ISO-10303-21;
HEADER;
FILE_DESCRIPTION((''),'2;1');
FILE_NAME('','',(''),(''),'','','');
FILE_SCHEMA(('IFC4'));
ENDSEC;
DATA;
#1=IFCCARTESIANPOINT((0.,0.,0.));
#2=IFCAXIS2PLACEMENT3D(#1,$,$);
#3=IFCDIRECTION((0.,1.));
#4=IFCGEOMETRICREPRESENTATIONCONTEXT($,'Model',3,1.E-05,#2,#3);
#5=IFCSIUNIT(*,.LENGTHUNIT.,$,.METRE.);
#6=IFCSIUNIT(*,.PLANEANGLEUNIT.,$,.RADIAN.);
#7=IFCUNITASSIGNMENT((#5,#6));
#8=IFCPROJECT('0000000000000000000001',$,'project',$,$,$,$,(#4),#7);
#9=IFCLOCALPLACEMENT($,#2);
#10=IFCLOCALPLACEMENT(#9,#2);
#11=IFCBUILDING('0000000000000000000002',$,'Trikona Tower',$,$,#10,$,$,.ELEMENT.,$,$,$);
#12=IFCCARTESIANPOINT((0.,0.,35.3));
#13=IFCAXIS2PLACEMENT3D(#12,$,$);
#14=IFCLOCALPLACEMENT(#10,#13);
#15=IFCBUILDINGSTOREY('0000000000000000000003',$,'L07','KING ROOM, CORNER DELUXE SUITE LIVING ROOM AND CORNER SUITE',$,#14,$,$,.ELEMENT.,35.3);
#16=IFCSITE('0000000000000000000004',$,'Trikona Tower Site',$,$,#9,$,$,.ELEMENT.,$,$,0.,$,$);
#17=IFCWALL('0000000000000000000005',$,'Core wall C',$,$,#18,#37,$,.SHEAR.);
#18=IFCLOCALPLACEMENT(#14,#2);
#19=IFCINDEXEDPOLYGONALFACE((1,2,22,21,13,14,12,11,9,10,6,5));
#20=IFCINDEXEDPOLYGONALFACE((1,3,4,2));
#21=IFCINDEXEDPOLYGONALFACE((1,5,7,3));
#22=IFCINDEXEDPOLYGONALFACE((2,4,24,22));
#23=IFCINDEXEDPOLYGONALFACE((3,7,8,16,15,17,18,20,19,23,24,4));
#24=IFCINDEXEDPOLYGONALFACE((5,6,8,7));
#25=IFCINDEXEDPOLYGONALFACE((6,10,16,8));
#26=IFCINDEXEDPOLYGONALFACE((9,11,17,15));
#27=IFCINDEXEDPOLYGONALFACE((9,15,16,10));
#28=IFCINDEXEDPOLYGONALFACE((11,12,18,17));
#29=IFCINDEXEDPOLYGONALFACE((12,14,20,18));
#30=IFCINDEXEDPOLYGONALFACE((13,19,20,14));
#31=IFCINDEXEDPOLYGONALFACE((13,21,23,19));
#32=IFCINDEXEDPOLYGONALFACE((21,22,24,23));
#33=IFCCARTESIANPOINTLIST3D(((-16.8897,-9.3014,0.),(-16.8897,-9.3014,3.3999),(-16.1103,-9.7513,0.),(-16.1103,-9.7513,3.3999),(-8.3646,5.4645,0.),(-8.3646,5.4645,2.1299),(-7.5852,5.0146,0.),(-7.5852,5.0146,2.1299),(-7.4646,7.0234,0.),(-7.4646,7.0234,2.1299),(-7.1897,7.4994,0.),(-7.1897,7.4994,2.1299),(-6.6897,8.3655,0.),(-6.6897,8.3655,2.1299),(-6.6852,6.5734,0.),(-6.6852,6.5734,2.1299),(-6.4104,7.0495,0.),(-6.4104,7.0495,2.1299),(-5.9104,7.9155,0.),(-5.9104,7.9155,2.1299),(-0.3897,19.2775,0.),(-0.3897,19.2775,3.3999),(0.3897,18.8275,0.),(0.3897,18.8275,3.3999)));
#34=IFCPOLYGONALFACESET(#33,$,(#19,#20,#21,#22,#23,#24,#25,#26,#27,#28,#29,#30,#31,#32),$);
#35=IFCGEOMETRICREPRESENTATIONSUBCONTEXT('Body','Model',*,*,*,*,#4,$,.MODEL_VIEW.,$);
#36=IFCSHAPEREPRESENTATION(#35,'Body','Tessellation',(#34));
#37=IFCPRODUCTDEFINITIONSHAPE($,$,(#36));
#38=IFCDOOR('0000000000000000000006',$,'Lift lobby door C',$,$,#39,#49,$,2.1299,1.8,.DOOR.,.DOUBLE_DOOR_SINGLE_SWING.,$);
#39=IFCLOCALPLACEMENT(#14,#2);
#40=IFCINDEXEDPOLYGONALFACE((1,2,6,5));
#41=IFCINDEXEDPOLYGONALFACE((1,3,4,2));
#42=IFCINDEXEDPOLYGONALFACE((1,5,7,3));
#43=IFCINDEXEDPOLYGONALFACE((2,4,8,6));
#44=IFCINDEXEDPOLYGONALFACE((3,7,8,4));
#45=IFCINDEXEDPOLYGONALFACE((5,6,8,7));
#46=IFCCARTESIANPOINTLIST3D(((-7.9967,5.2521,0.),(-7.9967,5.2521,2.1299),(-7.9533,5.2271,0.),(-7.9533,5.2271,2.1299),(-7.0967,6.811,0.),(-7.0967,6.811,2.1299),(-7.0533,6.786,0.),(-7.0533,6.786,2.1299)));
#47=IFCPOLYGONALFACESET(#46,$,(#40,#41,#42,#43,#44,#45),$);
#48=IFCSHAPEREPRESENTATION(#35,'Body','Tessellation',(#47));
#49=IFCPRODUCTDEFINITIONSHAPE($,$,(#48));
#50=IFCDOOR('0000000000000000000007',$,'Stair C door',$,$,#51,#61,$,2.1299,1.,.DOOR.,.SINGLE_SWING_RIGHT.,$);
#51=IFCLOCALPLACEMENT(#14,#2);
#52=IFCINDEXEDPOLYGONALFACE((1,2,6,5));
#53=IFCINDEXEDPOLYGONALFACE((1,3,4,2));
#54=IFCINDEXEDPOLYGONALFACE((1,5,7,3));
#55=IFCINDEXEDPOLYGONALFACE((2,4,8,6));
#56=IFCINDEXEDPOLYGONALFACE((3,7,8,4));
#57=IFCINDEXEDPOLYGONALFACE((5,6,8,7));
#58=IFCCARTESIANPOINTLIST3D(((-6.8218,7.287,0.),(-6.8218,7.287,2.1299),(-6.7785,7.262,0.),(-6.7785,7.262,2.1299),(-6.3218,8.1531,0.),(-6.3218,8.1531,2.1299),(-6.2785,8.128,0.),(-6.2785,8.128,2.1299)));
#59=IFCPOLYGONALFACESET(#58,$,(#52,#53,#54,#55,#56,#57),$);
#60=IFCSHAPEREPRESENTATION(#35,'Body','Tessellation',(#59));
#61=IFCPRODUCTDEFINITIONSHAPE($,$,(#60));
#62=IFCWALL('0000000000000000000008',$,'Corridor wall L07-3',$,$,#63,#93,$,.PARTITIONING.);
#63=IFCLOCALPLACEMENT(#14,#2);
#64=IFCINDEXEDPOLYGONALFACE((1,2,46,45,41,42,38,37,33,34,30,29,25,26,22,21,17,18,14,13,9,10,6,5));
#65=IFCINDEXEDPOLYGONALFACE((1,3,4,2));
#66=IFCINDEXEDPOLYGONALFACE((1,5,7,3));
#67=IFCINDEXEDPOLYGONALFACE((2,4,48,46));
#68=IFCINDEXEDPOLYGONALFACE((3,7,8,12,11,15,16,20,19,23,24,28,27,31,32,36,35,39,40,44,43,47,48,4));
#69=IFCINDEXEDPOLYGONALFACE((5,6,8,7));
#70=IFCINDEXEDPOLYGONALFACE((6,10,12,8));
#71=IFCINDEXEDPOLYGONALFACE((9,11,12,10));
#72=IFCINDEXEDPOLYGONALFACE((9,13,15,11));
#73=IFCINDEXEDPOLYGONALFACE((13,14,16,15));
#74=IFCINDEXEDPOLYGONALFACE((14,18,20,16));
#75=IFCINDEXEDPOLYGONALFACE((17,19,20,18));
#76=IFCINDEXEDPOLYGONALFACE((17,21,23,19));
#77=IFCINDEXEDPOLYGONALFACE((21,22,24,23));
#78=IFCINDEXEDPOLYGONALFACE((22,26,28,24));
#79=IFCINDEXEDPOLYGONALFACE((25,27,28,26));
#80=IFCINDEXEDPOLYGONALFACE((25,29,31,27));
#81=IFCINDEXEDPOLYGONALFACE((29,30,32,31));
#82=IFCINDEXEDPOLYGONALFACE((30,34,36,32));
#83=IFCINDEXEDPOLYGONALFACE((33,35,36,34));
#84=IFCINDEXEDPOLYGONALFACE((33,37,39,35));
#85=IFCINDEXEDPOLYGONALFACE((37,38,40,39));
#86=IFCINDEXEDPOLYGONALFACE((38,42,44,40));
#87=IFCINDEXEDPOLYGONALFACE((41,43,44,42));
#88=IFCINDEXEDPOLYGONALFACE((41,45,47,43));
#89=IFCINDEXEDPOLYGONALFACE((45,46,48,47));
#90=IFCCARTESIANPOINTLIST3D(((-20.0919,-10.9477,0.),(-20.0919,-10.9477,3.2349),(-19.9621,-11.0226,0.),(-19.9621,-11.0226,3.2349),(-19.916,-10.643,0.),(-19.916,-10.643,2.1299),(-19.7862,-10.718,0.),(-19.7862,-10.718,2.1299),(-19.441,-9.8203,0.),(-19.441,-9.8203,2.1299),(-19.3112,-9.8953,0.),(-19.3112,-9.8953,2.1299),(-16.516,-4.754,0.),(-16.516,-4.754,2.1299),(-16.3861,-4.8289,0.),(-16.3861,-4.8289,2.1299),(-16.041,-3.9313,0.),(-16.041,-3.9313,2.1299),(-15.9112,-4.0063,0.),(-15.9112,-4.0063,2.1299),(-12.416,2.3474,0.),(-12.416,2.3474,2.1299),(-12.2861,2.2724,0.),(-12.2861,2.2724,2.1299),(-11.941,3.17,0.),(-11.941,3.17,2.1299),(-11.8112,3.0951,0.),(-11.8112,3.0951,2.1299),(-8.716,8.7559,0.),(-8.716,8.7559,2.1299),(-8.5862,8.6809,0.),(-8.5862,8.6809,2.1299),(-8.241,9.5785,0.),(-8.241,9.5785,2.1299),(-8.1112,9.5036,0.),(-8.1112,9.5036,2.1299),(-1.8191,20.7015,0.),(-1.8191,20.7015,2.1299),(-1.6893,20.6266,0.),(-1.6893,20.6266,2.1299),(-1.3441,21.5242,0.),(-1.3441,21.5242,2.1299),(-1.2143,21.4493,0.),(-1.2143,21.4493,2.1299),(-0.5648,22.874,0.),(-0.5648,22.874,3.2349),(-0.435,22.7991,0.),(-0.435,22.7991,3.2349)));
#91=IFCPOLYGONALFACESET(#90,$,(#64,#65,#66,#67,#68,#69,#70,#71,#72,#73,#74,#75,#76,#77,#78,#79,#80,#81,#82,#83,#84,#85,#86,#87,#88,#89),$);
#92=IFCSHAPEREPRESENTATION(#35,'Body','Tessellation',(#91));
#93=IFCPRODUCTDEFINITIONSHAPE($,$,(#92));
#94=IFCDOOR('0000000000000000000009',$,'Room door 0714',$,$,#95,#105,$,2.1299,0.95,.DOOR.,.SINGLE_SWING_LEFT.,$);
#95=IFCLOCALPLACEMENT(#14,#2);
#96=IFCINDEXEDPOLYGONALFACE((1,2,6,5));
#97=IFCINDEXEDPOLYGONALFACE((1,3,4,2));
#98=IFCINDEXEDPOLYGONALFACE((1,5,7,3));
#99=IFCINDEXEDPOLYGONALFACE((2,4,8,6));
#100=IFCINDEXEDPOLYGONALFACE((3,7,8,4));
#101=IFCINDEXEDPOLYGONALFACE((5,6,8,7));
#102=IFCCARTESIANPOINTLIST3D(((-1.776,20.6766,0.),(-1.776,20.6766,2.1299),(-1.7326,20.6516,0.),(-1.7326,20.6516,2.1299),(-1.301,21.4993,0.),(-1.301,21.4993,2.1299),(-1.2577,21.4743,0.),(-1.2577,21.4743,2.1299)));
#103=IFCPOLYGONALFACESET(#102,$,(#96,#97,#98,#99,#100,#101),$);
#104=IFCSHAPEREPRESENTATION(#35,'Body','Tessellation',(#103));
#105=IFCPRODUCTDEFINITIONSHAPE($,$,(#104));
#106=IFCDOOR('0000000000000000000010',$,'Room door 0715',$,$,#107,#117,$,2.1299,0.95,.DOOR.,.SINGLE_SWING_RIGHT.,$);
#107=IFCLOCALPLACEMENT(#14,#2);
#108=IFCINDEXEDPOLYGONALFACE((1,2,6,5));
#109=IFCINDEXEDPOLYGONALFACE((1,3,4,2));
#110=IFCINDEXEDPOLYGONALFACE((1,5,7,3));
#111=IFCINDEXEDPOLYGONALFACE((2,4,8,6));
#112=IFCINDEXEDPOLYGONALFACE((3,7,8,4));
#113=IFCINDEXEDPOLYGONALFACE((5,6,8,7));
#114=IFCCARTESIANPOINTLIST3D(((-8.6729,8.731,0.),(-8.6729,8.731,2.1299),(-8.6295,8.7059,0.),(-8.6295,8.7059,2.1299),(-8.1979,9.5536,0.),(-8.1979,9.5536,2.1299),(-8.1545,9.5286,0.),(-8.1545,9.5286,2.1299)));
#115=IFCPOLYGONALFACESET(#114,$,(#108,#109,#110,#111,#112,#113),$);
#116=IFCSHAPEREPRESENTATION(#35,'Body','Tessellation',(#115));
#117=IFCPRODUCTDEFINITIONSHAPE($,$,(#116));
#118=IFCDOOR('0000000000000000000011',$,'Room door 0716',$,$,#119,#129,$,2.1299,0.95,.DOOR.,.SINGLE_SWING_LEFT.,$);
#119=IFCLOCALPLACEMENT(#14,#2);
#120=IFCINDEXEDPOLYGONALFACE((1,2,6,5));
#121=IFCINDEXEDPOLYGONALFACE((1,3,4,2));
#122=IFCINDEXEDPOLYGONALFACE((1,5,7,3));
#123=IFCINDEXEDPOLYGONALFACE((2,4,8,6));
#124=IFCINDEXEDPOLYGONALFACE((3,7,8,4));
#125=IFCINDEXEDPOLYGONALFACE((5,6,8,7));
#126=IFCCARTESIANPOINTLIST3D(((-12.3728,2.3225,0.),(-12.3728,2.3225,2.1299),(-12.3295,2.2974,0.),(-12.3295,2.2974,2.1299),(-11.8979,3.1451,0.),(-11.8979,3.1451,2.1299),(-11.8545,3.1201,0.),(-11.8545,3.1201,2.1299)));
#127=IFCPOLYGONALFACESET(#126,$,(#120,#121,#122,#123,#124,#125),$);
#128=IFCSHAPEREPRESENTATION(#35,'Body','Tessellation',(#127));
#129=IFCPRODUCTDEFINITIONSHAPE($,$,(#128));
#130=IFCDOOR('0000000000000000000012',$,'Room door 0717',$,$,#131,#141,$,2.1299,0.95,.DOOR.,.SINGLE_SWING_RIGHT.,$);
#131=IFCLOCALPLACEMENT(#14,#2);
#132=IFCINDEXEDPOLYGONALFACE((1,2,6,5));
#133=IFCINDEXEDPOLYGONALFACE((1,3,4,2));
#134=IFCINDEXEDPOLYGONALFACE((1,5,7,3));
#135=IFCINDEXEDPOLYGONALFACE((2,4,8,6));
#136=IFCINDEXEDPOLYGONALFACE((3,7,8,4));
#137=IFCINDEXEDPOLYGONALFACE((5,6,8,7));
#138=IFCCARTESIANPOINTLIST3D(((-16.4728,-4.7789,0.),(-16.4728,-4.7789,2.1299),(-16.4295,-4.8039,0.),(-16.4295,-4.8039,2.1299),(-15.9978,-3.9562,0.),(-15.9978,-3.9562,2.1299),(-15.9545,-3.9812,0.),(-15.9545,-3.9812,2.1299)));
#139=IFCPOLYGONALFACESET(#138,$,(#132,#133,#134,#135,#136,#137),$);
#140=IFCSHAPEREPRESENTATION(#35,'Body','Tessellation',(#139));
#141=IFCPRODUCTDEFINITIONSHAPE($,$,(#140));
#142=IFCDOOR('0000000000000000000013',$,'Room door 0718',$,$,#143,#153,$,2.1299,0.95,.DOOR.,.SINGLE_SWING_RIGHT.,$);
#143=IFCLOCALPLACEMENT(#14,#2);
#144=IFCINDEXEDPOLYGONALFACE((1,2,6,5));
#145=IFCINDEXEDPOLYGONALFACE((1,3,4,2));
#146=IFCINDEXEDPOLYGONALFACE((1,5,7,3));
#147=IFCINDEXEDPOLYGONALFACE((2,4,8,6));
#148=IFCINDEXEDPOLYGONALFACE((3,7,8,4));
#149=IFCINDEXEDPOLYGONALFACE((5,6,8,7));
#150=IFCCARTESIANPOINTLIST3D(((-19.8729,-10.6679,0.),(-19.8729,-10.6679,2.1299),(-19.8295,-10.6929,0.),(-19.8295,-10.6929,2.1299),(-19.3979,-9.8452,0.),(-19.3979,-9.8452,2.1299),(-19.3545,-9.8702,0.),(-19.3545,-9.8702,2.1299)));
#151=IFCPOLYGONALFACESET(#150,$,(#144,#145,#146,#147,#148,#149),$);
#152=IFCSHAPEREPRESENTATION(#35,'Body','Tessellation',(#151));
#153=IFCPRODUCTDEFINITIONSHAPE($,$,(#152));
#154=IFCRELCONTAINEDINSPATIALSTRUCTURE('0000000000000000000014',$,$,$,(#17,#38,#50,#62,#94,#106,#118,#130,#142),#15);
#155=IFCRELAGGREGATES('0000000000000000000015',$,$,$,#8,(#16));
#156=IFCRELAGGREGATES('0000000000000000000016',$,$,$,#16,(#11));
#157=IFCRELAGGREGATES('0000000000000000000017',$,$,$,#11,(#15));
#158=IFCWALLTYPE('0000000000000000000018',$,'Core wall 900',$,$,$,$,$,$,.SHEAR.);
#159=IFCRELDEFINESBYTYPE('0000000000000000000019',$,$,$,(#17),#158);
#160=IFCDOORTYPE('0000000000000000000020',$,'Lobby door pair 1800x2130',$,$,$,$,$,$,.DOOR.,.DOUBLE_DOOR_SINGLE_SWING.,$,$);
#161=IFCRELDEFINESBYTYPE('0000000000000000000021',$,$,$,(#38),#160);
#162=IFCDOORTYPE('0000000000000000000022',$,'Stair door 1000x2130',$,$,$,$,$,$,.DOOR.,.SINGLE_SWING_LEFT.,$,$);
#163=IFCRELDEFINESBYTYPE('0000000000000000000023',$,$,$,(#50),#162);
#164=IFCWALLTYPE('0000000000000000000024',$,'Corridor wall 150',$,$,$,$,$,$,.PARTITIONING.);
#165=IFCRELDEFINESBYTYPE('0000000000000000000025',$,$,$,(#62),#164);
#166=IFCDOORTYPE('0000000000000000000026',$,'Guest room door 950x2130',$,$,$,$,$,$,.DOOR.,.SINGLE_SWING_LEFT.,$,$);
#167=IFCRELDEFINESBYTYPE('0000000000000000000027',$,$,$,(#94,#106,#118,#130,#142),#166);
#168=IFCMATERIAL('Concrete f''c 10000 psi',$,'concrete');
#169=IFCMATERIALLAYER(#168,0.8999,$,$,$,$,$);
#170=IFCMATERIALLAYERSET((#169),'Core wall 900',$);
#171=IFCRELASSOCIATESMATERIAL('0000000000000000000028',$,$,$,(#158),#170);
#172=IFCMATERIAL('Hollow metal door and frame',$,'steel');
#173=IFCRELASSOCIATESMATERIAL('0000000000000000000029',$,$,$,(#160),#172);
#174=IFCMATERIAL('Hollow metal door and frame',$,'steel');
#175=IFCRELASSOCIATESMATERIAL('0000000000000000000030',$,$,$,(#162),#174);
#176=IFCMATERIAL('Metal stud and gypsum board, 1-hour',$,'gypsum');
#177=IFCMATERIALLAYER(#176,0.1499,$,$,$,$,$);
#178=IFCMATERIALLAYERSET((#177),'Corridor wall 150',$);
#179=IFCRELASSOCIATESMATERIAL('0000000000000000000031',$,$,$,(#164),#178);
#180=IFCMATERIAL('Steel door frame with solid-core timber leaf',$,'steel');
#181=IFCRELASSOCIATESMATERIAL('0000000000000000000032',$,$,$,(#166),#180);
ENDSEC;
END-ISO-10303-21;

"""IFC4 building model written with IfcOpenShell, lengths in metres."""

from ifc_helpers import new_model, si_unit, direction, frame, frame_2d, origin, place, context, subcontext, project, spatial, rectangle, extrude, material, layer, layer_set, type_object, element, fill, save


model = new_model("IFC4")

# Units and contexts
model_context = context("Model", 3, precision=1e-05, world=origin(), true_north=direction((0.0, 1.0)))
body_context = subcontext(model_context, "Body", "Model", "MODEL_VIEW")
ifc_project = project(units=[si_unit("LENGTHUNIT", "METRE"), si_unit("PLANEANGLEUNIT", "RADIAN")], contexts=[model_context])

# Site, building, storey
site_placement = place(None, origin())
site = spatial("IfcSite", under=ifc_project, at=site_placement, Name="Trikona Tower Site", CompositionType="ELEMENT", RefElevation=0.0)
building_placement = place(site_placement, origin())
building = spatial("IfcBuilding", under=site, at=building_placement, Name="Trikona Tower", CompositionType="ELEMENT")
storey_placement = place(building_placement, frame((0.0, 0.0, 35.3)))
storey = spatial("IfcBuildingStorey", under=building, at=storey_placement, Name="L07", Description="KING ROOM, CORNER DELUXE SUITE LIVING ROOM AND CORNER SUITE", CompositionType="ELEMENT", Elevation=35.3)

# Walls, openings, doors
ifc_material_1 = material(Name="Concrete f'c 10000 psi", Category="concrete")
ifc_layer_1 = layer(ifc_material_1, 0.8999)
ifc_layer_set_1 = layer_set([ifc_layer_1], Name="Core wall 900")
wall_type_1 = type_object("IfcWallType", Name="Core wall 900", PredefinedType="SHEAR", material=ifc_layer_set_1)
wall_1_placement = place(storey_placement, frame((0.0, 19.0525, 0.0), z_axis=(0.0, 0.0, 1.0), x_axis=(-0.5, -0.866026, 0.0)))
wall_1 = element("IfcWall", 1, at=wall_1_placement, inside=storey, type_object=wall_type_1, Name="Core wall C", PredefinedType="SHEAR", context=body_context, shape_type="SweptSolid", body=[
    extrude(rectangle(XDim=33.0, YDim=0.8999, at=frame_2d((16.5, 0.0))), origin(), (0.0, 0.0, 1.0), 3.3999),
])
opening_1_placement = place(wall_1_placement, frame((14.1499, 0.0, 0.0)))
opening_1 = element("IfcOpeningElement", 2, at=opening_1_placement, cuts=wall_1, PredefinedType="OPENING", context=body_context, shape_type="SweptSolid", body=[
    extrude(rectangle(XDim=1.8, YDim=2.1299, at=frame_2d((0.8999, 1.0649))), frame((0.0, 0.46, 0.0), z_axis=(0.0, -1.0, 0.0), x_axis=(1.0, 0.0, 0.0)), (0.0, 0.0, 1.0), 0.9199),
])
opening_2_placement = place(wall_1_placement, frame((12.6001, 0.0, 0.0)))
opening_2 = element("IfcOpeningElement", 3, at=opening_2_placement, cuts=wall_1, PredefinedType="OPENING", context=body_context, shape_type="SweptSolid", body=[
    extrude(rectangle(XDim=1.0, YDim=2.1299, at=frame_2d((0.5, 1.0649))), frame((0.0, 0.46, 0.0), z_axis=(0.0, -1.0, 0.0), x_axis=(1.0, 0.0, 0.0)), (0.0, 0.0, 1.0), 0.9199),
])
ifc_material_2 = material(Name="Hollow metal door and frame", Category="steel")
door_type_1 = type_object("IfcDoorType", Name="Lobby door pair 1800x2130", OperationType="DOUBLE_DOOR_SINGLE_SWING", PredefinedType="DOOR", material=ifc_material_2)
door_1_placement = place(opening_1_placement, origin())
door_1 = element("IfcDoor", 4, at=door_1_placement, inside=storey, type_object=door_type_1, Name="Lift lobby door C", OperationType="DOUBLE_DOOR_SINGLE_SWING", OverallHeight=2.1299, OverallWidth=1.8, PredefinedType="DOOR", context=body_context, shape_type="SweptSolid", body=[
    extrude(rectangle(XDim=1.8, YDim=2.1299, at=frame_2d((0.8999, 1.0649))), frame((0.0, 0.0249, 0.0), z_axis=(0.0, -1.0, 0.0), x_axis=(1.0, 0.0, 0.0)), (0.0, 0.0, 1.0), 0.05),
])
fill(opening_1, door_1)
ifc_material_3 = material(Name="Hollow metal door and frame", Category="steel")
door_type_2 = type_object("IfcDoorType", Name="Stair door 1000x2130", OperationType="SINGLE_SWING_LEFT", PredefinedType="DOOR", material=ifc_material_3)
door_2_placement = place(opening_2_placement, origin())
door_2 = element("IfcDoor", 5, at=door_2_placement, inside=storey, type_object=door_type_2, Name="Stair C door", OperationType="SINGLE_SWING_RIGHT", OverallHeight=2.1299, OverallWidth=1.0, PredefinedType="DOOR", context=body_context, shape_type="SweptSolid", body=[
    extrude(rectangle(XDim=1.0, YDim=2.1299, at=frame_2d((0.5, 1.0649))), frame((0.0, 0.0249, 0.0), z_axis=(0.0, -1.0, 0.0), x_axis=(1.0, 0.0, 0.0)), (0.0, 0.0, 1.0), 0.05),
])
fill(opening_2, door_2)
ifc_material_4 = material(Name="Metal stud and gypsum board, 1-hour", Category="gypsum")
ifc_layer_2 = layer(ifc_material_4, 0.1499)
ifc_layer_set_2 = layer_set([ifc_layer_2], Name="Corridor wall 150")
wall_type_2 = type_object("IfcWallType", Name="Corridor wall 150", PredefinedType="PARTITIONING", material=ifc_layer_set_2)
wall_2_placement = place(storey_placement, frame((-0.5, 22.8364, 0.0), z_axis=(0.0, 0.0, 1.0), x_axis=(-0.500002, -0.866024, 0.0)))
wall_2 = element("IfcWall", 6, at=wall_2_placement, inside=storey, type_object=wall_type_2, Name="Corridor wall L07-3", PredefinedType="PARTITIONING", context=body_context, shape_type="SweptSolid", body=[
    extrude(rectangle(XDim=39.054, YDim=0.1499, at=frame_2d((19.5269, 0.0))), origin(), (0.0, 0.0, 1.0), 3.2349),
])
opening_3_placement = place(wall_2_placement, frame((1.5583, 0.0, 0.0)))
opening_3 = element("IfcOpeningElement", 7, at=opening_3_placement, cuts=wall_2, PredefinedType="OPENING", context=body_context, shape_type="SweptSolid", body=[
    extrude(rectangle(XDim=0.95, YDim=2.1299, at=frame_2d((0.4751, 1.0649))), frame((0.0, 0.085, 0.0), z_axis=(0.0, -1.0, 0.0), x_axis=(1.0, 0.0, 0.0)), (0.0, 0.0, 1.0), 0.1699),
])
opening_4_placement = place(wall_2_placement, frame((15.3521, 0.0, 0.0)))
opening_4 = element("IfcOpeningElement", 8, at=opening_4_placement, cuts=wall_2, PredefinedType="OPENING", context=body_context, shape_type="SweptSolid", body=[
    extrude(rectangle(XDim=0.95, YDim=2.1299, at=frame_2d((0.4751, 1.0649))), frame((0.0, 0.085, 0.0), z_axis=(0.0, -1.0, 0.0), x_axis=(1.0, 0.0, 0.0)), (0.0, 0.0, 1.0), 0.1699),
])
opening_5_placement = place(wall_2_placement, frame((22.752, 0.0, 0.0)))
opening_5 = element("IfcOpeningElement", 9, at=opening_5_placement, cuts=wall_2, PredefinedType="OPENING", context=body_context, shape_type="SweptSolid", body=[
    extrude(rectangle(XDim=0.95, YDim=2.1299, at=frame_2d((0.4751, 1.0649))), frame((0.0, 0.085, 0.0), z_axis=(0.0, -1.0, 0.0), x_axis=(1.0, 0.0, 0.0)), (0.0, 0.0, 1.0), 0.1699),
])
opening_6_placement = place(wall_2_placement, frame((30.9519, 0.0, 0.0)))
opening_6 = element("IfcOpeningElement", 10, at=opening_6_placement, cuts=wall_2, PredefinedType="OPENING", context=body_context, shape_type="SweptSolid", body=[
    extrude(rectangle(XDim=0.95, YDim=2.1299, at=frame_2d((0.4751, 1.0649))), frame((0.0, 0.085, 0.0), z_axis=(0.0, -1.0, 0.0), x_axis=(1.0, 0.0, 0.0)), (0.0, 0.0, 1.0), 0.1699),
])
opening_7_placement = place(wall_2_placement, frame((37.752, 0.0, 0.0)))
opening_7 = element("IfcOpeningElement", 11, at=opening_7_placement, cuts=wall_2, PredefinedType="OPENING", context=body_context, shape_type="SweptSolid", body=[
    extrude(rectangle(XDim=0.95, YDim=2.1299, at=frame_2d((0.4751, 1.0649))), frame((0.0, 0.085, 0.0), z_axis=(0.0, -1.0, 0.0), x_axis=(1.0, 0.0, 0.0)), (0.0, 0.0, 1.0), 0.1699),
])
ifc_material_5 = material(Name="Steel door frame with solid-core timber leaf", Category="steel")
door_type_3 = type_object("IfcDoorType", Name="Guest room door 950x2130", OperationType="SINGLE_SWING_LEFT", PredefinedType="DOOR", material=ifc_material_5)
door_3_placement = place(opening_3_placement, origin())
door_3 = element("IfcDoor", 12, at=door_3_placement, inside=storey, type_object=door_type_3, Name="Room door 0714", OperationType="SINGLE_SWING_LEFT", OverallHeight=2.1299, OverallWidth=0.95, PredefinedType="DOOR", context=body_context, shape_type="SweptSolid", body=[
    extrude(rectangle(XDim=0.95, YDim=2.1299, at=frame_2d((0.4751, 1.0649))), frame((0.0, 0.0249, 0.0), z_axis=(0.0, -1.0, 0.0), x_axis=(1.0, 0.0, 0.0)), (0.0, 0.0, 1.0), 0.05),
])
fill(opening_3, door_3)
door_4_placement = place(opening_4_placement, origin())
door_4 = element("IfcDoor", 13, at=door_4_placement, inside=storey, type_object=door_type_3, Name="Room door 0715", OperationType="SINGLE_SWING_RIGHT", OverallHeight=2.1299, OverallWidth=0.95, PredefinedType="DOOR", context=body_context, shape_type="SweptSolid", body=[
    extrude(rectangle(XDim=0.95, YDim=2.1299, at=frame_2d((0.4751, 1.0649))), frame((0.0, 0.0249, 0.0), z_axis=(0.0, -1.0, 0.0), x_axis=(1.0, 0.0, 0.0)), (0.0, 0.0, 1.0), 0.05),
])
fill(opening_4, door_4)
door_5_placement = place(opening_5_placement, origin())
door_5 = element("IfcDoor", 14, at=door_5_placement, inside=storey, type_object=door_type_3, Name="Room door 0716", OperationType="SINGLE_SWING_LEFT", OverallHeight=2.1299, OverallWidth=0.95, PredefinedType="DOOR", context=body_context, shape_type="SweptSolid", body=[
    extrude(rectangle(XDim=0.95, YDim=2.1299, at=frame_2d((0.4751, 1.0649))), frame((0.0, 0.0249, 0.0), z_axis=(0.0, -1.0, 0.0), x_axis=(1.0, 0.0, 0.0)), (0.0, 0.0, 1.0), 0.05),
])
fill(opening_5, door_5)
door_6_placement = place(opening_6_placement, origin())
door_6 = element("IfcDoor", 15, at=door_6_placement, inside=storey, type_object=door_type_3, Name="Room door 0717", OperationType="SINGLE_SWING_RIGHT", OverallHeight=2.1299, OverallWidth=0.95, PredefinedType="DOOR", context=body_context, shape_type="SweptSolid", body=[
    extrude(rectangle(XDim=0.95, YDim=2.1299, at=frame_2d((0.4751, 1.0649))), frame((0.0, 0.0249, 0.0), z_axis=(0.0, -1.0, 0.0), x_axis=(1.0, 0.0, 0.0)), (0.0, 0.0, 1.0), 0.05),
])
fill(opening_6, door_6)
door_7_placement = place(opening_7_placement, origin())
door_7 = element("IfcDoor", 16, at=door_7_placement, inside=storey, type_object=door_type_3, Name="Room door 0718", OperationType="SINGLE_SWING_RIGHT", OverallHeight=2.1299, OverallWidth=0.95, PredefinedType="DOOR", context=body_context, shape_type="SweptSolid", body=[
    extrude(rectangle(XDim=0.95, YDim=2.1299, at=frame_2d((0.4751, 1.0649))), frame((0.0, 0.0249, 0.0), z_axis=(0.0, -1.0, 0.0), x_axis=(1.0, 0.0, 0.0)), (0.0, 0.0, 1.0), 0.05),
])
fill(opening_7, door_7)

save(model, "model.ifc")
